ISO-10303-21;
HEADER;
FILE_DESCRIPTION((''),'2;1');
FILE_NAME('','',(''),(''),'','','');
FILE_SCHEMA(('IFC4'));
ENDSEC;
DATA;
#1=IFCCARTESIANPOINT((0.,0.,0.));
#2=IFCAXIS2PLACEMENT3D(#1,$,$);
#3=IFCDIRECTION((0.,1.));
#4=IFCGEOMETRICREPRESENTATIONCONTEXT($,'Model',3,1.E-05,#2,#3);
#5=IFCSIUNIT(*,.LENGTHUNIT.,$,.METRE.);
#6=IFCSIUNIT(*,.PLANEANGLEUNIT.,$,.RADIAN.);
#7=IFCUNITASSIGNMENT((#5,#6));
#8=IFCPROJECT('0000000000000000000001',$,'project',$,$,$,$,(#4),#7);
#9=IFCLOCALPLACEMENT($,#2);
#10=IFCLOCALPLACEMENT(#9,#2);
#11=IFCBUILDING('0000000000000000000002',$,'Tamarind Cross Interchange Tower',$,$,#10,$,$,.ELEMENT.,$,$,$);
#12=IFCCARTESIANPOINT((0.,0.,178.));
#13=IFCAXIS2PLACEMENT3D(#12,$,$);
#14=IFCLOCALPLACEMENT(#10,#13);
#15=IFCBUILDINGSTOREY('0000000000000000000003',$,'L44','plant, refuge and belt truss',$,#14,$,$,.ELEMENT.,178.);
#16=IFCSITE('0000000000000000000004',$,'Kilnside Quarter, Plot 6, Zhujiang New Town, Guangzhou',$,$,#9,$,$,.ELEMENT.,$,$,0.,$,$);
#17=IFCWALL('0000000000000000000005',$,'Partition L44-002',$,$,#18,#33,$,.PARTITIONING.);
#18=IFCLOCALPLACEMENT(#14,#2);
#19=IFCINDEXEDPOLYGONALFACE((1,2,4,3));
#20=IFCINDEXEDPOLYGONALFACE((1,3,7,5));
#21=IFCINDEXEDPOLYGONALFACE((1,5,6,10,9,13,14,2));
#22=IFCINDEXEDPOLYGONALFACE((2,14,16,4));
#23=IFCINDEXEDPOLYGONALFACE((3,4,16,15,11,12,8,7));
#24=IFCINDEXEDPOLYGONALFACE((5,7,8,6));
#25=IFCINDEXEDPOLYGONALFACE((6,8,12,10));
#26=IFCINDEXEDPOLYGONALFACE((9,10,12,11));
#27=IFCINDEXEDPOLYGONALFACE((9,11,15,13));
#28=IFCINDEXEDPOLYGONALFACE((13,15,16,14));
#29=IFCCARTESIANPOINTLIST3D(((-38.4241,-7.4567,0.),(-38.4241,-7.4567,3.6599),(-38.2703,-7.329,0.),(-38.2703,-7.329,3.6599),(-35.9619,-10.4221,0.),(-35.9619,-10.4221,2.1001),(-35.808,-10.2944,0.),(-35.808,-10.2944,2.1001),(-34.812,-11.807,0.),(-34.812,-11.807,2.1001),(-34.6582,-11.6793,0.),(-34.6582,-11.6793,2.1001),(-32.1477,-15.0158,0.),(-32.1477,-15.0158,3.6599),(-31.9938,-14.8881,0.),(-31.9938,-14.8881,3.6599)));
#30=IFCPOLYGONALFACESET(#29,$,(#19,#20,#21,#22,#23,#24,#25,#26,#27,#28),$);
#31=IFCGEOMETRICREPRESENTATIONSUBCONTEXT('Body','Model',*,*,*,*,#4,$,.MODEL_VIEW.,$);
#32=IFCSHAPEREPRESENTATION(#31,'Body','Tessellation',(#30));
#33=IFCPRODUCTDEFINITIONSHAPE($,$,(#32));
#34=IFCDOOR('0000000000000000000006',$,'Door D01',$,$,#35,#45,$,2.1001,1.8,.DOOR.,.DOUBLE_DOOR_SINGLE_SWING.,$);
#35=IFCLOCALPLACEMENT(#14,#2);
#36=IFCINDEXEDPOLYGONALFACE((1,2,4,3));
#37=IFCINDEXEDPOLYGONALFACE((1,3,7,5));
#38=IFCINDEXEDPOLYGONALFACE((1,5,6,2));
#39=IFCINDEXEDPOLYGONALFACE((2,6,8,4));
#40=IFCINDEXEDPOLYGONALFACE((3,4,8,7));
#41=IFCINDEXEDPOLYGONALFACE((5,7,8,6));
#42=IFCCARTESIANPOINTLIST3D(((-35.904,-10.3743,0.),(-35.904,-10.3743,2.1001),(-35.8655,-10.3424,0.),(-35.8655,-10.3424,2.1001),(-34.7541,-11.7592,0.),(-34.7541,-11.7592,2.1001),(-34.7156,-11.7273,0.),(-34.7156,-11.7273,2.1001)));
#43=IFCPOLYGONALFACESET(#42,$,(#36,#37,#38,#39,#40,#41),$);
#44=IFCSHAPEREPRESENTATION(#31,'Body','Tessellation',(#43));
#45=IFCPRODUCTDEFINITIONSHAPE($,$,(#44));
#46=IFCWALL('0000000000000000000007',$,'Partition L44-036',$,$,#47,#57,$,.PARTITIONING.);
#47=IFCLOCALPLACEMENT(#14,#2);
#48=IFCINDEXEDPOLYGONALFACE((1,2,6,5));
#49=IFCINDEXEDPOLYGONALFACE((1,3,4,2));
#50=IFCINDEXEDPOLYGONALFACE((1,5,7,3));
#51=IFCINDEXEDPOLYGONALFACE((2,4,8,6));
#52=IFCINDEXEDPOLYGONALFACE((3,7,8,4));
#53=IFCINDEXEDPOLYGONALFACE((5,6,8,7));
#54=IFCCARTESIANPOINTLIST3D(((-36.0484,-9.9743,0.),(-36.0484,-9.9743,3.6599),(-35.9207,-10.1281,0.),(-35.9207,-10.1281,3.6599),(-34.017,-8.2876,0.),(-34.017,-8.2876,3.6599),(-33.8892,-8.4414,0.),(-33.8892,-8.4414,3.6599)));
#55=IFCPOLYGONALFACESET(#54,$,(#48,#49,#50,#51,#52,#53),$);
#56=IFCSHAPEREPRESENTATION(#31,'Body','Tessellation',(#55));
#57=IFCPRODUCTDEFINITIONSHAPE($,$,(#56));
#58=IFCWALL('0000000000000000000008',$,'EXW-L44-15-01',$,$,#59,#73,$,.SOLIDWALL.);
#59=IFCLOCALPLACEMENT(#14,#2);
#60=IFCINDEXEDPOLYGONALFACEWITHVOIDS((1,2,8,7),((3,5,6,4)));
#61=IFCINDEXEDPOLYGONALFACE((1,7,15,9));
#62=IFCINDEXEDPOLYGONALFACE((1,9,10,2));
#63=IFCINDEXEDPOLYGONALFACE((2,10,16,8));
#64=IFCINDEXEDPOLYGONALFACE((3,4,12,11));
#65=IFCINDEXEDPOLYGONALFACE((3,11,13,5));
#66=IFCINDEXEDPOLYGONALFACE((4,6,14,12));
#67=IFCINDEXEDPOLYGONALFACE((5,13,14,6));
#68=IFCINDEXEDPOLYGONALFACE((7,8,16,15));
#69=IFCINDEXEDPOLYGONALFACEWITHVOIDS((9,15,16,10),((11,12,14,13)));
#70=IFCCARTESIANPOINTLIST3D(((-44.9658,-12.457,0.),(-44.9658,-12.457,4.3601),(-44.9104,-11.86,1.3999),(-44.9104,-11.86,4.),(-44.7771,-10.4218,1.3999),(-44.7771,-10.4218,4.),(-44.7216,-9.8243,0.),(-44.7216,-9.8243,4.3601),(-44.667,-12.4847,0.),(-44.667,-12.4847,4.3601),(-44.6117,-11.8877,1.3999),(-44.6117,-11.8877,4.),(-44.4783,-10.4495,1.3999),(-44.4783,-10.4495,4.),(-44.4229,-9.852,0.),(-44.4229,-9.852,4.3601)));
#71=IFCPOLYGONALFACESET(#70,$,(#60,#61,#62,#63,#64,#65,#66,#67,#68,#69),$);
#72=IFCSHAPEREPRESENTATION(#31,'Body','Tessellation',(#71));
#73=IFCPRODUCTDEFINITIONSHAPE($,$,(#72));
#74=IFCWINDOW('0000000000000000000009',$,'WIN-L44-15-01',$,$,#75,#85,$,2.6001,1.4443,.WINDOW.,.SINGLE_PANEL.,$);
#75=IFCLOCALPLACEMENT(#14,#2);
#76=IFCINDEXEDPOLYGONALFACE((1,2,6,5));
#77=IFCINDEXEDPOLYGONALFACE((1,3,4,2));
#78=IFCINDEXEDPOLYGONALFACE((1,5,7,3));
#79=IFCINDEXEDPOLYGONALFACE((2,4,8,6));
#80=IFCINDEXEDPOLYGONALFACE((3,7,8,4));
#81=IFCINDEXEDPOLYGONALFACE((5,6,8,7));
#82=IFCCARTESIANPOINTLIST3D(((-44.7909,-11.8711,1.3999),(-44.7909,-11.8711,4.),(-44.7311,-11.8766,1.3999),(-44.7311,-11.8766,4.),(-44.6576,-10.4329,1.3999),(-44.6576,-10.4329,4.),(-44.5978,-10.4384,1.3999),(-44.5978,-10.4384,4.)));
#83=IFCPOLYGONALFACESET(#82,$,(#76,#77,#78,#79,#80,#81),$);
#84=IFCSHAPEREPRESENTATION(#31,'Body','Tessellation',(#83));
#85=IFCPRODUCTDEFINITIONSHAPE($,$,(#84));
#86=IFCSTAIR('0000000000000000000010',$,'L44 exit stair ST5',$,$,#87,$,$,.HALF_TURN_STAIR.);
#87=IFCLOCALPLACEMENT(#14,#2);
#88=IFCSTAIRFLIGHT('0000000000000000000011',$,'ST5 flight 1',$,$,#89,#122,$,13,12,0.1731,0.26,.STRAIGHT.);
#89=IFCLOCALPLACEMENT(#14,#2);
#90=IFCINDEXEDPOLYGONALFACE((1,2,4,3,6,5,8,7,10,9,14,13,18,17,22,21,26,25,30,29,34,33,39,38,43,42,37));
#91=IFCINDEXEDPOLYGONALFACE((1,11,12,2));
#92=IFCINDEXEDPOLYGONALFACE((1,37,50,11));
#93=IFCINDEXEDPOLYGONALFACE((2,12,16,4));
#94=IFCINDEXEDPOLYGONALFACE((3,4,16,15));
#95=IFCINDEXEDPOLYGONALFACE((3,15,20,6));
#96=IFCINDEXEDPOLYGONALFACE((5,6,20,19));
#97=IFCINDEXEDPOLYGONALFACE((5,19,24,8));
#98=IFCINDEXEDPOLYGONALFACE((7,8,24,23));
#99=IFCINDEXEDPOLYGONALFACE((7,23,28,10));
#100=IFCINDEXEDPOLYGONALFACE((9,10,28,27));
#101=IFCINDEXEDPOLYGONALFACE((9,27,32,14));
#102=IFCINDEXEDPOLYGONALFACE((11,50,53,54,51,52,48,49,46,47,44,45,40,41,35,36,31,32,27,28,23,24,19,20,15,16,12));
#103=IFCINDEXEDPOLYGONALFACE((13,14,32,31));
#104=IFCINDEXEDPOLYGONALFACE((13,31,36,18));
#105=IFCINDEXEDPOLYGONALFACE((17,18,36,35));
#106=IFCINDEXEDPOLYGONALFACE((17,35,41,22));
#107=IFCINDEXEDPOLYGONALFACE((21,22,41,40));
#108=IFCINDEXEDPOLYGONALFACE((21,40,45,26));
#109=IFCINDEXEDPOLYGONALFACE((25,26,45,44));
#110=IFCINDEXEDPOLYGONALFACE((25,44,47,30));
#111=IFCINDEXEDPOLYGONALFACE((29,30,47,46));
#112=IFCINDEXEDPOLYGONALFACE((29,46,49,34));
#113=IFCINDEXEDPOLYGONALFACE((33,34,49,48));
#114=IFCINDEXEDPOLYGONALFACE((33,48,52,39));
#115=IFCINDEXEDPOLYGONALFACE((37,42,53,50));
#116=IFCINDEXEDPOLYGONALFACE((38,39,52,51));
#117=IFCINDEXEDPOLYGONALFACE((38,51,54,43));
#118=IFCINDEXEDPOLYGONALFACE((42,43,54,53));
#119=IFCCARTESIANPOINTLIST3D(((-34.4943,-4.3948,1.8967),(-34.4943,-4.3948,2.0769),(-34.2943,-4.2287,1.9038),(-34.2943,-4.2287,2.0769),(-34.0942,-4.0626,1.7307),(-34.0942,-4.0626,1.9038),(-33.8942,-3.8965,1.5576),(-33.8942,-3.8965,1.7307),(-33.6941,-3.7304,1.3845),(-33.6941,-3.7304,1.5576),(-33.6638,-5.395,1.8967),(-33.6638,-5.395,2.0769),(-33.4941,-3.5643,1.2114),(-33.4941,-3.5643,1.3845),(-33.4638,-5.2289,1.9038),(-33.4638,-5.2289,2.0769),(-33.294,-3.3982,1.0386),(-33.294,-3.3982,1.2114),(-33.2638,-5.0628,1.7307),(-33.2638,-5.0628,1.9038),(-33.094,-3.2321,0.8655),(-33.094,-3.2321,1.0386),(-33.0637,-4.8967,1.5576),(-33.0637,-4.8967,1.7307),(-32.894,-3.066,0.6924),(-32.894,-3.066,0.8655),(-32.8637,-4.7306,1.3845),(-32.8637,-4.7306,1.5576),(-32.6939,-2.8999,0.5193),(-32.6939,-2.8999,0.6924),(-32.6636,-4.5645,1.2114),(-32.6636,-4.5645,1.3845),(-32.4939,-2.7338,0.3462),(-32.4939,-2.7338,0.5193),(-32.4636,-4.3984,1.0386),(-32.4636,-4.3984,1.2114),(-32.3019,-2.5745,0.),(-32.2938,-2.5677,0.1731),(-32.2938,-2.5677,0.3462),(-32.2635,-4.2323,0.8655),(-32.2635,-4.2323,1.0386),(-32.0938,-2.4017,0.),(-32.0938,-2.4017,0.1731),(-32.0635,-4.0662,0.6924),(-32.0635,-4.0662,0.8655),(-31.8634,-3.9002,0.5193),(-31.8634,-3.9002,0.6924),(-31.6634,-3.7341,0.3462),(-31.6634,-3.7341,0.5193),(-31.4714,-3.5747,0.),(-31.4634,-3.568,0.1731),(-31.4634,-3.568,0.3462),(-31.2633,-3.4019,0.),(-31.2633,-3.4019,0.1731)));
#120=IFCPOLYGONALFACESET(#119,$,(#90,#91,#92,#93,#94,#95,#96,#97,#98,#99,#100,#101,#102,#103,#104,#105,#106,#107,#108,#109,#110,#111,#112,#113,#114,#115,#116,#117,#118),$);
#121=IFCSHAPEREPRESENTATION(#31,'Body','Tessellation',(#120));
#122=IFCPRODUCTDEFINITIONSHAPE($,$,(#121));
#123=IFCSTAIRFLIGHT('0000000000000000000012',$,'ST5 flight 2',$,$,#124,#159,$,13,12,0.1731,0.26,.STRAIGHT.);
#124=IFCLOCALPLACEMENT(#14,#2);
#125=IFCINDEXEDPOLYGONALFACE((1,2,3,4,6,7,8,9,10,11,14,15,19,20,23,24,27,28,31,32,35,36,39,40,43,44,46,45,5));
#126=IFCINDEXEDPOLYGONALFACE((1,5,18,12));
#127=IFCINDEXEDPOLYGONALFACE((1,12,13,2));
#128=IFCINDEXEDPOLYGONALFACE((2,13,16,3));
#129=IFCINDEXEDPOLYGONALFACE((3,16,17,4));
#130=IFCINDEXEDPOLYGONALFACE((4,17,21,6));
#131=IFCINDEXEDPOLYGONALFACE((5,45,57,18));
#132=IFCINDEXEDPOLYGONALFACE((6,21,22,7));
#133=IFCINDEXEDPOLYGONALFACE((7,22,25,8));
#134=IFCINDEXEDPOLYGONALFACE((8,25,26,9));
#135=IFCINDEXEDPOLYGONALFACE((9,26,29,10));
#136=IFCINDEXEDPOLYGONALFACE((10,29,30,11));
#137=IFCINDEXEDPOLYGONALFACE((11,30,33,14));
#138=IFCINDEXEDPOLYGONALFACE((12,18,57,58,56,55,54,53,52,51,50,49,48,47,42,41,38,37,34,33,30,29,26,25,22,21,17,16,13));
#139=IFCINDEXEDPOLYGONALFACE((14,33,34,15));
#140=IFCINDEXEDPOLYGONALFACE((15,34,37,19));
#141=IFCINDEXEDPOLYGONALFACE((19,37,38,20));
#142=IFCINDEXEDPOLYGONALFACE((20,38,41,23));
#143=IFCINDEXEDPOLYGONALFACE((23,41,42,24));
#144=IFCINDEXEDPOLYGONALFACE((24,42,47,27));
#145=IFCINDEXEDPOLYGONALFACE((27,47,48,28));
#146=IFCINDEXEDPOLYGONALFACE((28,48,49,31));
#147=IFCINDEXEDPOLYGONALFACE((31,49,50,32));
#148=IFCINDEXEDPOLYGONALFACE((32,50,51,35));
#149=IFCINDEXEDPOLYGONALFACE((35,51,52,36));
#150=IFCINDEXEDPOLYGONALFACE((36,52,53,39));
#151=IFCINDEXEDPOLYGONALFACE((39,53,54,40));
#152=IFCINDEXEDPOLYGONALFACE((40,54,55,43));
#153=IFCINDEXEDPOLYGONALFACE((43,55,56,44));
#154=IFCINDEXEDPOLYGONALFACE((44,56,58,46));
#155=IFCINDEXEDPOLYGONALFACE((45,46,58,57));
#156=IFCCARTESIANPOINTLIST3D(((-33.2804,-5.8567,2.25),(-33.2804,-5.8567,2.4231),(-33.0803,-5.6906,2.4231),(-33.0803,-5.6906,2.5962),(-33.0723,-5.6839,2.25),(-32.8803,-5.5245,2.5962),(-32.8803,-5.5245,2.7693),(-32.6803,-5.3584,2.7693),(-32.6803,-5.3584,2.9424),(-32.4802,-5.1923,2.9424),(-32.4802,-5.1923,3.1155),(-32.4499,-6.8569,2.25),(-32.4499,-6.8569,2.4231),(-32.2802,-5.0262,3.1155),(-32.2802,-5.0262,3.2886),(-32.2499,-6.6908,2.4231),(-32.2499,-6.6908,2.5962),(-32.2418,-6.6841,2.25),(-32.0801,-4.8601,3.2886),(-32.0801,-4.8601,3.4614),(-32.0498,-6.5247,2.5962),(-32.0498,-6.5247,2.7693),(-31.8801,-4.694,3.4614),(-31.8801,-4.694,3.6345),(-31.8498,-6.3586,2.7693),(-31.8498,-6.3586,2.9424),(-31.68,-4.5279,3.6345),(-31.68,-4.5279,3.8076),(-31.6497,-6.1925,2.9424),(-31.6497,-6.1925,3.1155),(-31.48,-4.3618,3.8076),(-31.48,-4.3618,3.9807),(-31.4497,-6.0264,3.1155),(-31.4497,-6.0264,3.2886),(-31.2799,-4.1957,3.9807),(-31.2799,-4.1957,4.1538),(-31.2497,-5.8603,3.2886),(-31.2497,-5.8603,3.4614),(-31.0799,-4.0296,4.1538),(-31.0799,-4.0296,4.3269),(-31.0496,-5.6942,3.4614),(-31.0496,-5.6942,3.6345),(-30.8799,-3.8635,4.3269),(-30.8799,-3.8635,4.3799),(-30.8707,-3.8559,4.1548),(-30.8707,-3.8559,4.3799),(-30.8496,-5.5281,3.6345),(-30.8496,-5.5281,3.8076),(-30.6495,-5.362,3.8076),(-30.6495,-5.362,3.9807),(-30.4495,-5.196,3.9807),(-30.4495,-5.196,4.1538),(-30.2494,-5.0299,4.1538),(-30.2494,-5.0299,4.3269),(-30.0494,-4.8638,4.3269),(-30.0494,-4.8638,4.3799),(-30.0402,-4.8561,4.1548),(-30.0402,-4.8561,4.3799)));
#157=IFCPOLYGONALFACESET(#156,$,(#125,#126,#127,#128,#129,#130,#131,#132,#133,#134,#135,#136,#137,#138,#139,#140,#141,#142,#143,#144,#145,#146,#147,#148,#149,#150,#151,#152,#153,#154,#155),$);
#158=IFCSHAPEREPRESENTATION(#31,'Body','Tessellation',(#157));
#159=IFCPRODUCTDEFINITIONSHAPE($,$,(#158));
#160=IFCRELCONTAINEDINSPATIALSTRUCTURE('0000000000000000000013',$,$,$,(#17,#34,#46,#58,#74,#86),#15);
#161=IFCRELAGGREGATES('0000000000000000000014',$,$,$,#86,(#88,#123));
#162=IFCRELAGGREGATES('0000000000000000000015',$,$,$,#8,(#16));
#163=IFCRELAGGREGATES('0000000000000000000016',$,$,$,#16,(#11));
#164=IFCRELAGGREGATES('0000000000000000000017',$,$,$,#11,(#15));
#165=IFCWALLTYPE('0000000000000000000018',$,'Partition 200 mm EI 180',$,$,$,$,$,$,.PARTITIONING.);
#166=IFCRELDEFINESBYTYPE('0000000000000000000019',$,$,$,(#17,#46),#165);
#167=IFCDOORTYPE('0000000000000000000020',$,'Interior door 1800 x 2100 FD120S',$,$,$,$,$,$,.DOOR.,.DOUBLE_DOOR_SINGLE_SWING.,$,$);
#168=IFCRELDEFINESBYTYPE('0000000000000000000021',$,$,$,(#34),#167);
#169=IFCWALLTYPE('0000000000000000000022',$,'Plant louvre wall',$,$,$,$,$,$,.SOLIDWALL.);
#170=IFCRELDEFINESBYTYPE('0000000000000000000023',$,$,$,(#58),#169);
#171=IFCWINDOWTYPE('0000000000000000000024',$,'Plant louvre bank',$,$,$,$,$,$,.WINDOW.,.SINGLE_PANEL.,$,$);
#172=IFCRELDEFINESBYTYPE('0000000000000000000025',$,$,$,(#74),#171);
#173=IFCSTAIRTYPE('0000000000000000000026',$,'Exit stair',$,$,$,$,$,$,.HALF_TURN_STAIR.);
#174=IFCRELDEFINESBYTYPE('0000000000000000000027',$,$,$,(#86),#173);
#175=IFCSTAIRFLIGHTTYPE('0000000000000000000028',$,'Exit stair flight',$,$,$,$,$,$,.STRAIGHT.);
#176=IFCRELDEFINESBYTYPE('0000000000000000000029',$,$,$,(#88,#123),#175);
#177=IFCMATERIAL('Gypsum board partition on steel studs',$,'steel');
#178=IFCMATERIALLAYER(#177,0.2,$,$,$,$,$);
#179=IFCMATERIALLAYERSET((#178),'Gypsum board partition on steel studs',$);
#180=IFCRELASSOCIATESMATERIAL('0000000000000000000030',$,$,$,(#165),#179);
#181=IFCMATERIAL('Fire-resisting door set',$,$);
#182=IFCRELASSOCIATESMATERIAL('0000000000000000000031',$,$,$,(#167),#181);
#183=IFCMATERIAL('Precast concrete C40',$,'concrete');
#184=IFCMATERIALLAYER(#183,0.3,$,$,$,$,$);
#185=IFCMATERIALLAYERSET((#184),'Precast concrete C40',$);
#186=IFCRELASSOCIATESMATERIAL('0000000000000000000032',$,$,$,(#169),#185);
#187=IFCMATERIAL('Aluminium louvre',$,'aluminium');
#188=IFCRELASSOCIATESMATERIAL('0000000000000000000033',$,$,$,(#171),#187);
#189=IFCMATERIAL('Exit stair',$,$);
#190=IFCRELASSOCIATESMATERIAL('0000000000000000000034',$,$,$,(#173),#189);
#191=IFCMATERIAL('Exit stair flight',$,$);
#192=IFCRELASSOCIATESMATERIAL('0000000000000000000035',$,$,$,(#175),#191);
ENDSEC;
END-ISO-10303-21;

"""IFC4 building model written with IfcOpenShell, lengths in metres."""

from ifc_helpers import new_model, si_unit, direction, frame, frame_2d, origin, place, context, subcontext, project, spatial, polyline, rectangle, outline, extrude, material, layer, layer_set, type_object, element, fill, aggregate, save


model = new_model("IFC4")

# Units and contexts
model_context = context("Model", 3, precision=1e-05, world=origin(), true_north=direction((0.0, 1.0)))
body_context = subcontext(model_context, "Body", "Model", "MODEL_VIEW")
ifc_project = project(units=[si_unit("LENGTHUNIT", "METRE"), si_unit("PLANEANGLEUNIT", "RADIAN")], contexts=[model_context])

# Site, building, storey
site_placement = place(None, origin())
site = spatial("IfcSite", under=ifc_project, at=site_placement, Name="Kilnside Quarter, Plot 6, Zhujiang New Town, Guangzhou", CompositionType="ELEMENT", RefElevation=0.0)
building_placement = place(site_placement, origin())
building = spatial("IfcBuilding", under=site, at=building_placement, Name="Tamarind Cross Interchange Tower", CompositionType="ELEMENT")
storey_placement = place(building_placement, frame((0.0, 0.0, 178.0)))
storey = spatial("IfcBuildingStorey", under=building, at=storey_placement, Name="L44", Description="plant, refuge and belt truss", CompositionType="ELEMENT", Elevation=178.0)

# Shared definitions
ifc_material_1 = material(Name="Gypsum board partition on steel studs", Category="steel")
ifc_layer_1 = layer(ifc_material_1, 0.2)
ifc_layer_set_1 = layer_set([ifc_layer_1], Name="Gypsum board partition on steel studs")
wall_type_1 = type_object("IfcWallType", Name="Partition 200 mm EI 180", PredefinedType="PARTITIONING", material=ifc_layer_set_1)

# Wall, opening, door
wall_1_placement = place(storey_placement, frame((-38.3472, -7.3928, 0.0), z_axis=(0.0, 0.0, 1.0), x_axis=(0.63881, -0.769365, 0.0)))
wall_1 = element("IfcWall", 1, at=wall_1_placement, inside=storey, type_object=wall_type_1, Name="Partition L44-002", PredefinedType="PARTITIONING", context=body_context, shape_type="SweptSolid", body=[
    extrude(rectangle(XDim=9.8252, YDim=0.2, at=frame_2d((4.9126, 0.0))), origin(), (0.0, 0.0, 1.0), 3.6599),
])
opening_1_placement = place(wall_1_placement, frame((3.8545, 0.0, 0.0)))
opening_1 = element("IfcOpeningElement", 2, at=opening_1_placement, cuts=wall_1, PredefinedType="OPENING", context=body_context, shape_type="SweptSolid", body=[
    extrude(rectangle(XDim=1.8, YDim=2.1001, at=frame_2d((0.8999, 1.05))), frame((0.0, 0.1099, 0.0), z_axis=(0.0, -1.0, 0.0), x_axis=(1.0, 0.0, 0.0)), (0.0, 0.0, 1.0), 0.22),
])
ifc_material_2 = material(Name="Fire-resisting door set")
door_type = type_object("IfcDoorType", Name="Interior door 1800 x 2100 FD120S", OperationType="DOUBLE_DOOR_SINGLE_SWING", PredefinedType="DOOR", material=ifc_material_2)
door_placement = place(opening_1_placement, frame((1.8, 0.0, 0.0), z_axis=(0.0, 0.0, 1.0), x_axis=(-1.0, 0.0, 0.0)))
door = element("IfcDoor", 3, at=door_placement, inside=storey, type_object=door_type, Name="Door D01", OperationType="DOUBLE_DOOR_SINGLE_SWING", OverallHeight=2.1001, OverallWidth=1.8, PredefinedType="DOOR", context=body_context, shape_type="SweptSolid", body=[
    extrude(rectangle(XDim=1.8, YDim=2.1001, at=frame_2d((0.8999, 1.05))), frame((0.0, 0.0249, 0.0), z_axis=(0.0, -1.0, 0.0), x_axis=(1.0, 0.0, 0.0)), (0.0, 0.0, 1.0), 0.05),
])
fill(opening_1, door)

# Wall
wall_2_placement = place(storey_placement, frame((-35.9846, -10.0513, 0.0), z_axis=(0.0, 0.0, 1.0), x_axis=(0.769364, 0.63881, 0.0)))
element("IfcWall", 4, at=wall_2_placement, inside=storey, type_object=wall_type_1, Name="Partition L44-036", PredefinedType="PARTITIONING", context=body_context, shape_type="SweptSolid", body=[
    extrude(rectangle(XDim=2.6404, YDim=0.2, at=frame_2d((1.3203, 0.0))), origin(), (0.0, 0.0, 1.0), 3.6599),
])

# Wall, opening, window
ifc_material_3 = material(Name="Precast concrete C40", Category="concrete")
ifc_layer_2 = layer(ifc_material_3, 0.3)
ifc_layer_set_2 = layer_set([ifc_layer_2], Name="Precast concrete C40")
wall_type_2 = type_object("IfcWallType", Name="Plant louvre wall", PredefinedType="SOLIDWALL", material=ifc_layer_set_2)
wall_3_placement = place(storey_placement, frame((-44.5723, -9.8381, 0.0), z_axis=(0.0, 0.0, 1.0), x_axis=(-0.092334, -0.995728, 0.0)))
wall_3 = element("IfcWall", 5, at=wall_3_placement, inside=storey, type_object=wall_type_2, Name="EXW-L44-15-01", PredefinedType="SOLIDWALL", context=body_context, shape_type="SweptSolid", body=[
    extrude(rectangle(XDim=2.644, YDim=0.3, at=frame_2d((1.322, 0.0))), origin(), (0.0, 0.0, 1.0), 4.3601),
])
opening_2_placement = place(wall_3_placement, frame((0.6001, 0.0, 1.3999)))
opening_2 = element("IfcOpeningElement", 6, at=opening_2_placement, cuts=wall_3, PredefinedType="OPENING", context=body_context, shape_type="SweptSolid", body=[
    extrude(rectangle(XDim=1.4443, YDim=2.6001, at=frame_2d((0.7222, 1.3))), frame((0.0, 0.1599, 0.0), z_axis=(0.0, -1.0, 0.0), x_axis=(1.0, 0.0, 0.0)), (0.0, 0.0, 1.0), 0.3201),
])
ifc_material_4 = material(Name="Aluminium louvre", Category="aluminium")
window_type = type_object("IfcWindowType", Name="Plant louvre bank", PartitioningType="SINGLE_PANEL", PredefinedType="WINDOW", material=ifc_material_4)
window_placement = place(opening_2_placement, origin())
window = element("IfcWindow", 7, at=window_placement, inside=storey, type_object=window_type, Name="WIN-L44-15-01", OverallHeight=2.6001, OverallWidth=1.4443, PartitioningType="SINGLE_PANEL", PredefinedType="WINDOW", context=body_context, shape_type="SweptSolid", body=[
    extrude(rectangle(XDim=1.4443, YDim=2.6001, at=frame_2d((0.7222, 1.3))), frame((0.0, 0.03, 0.0), z_axis=(0.0, -1.0, 0.0), x_axis=(1.0, 0.0, 0.0)), (0.0, 0.0, 1.0), 0.0601),
])
fill(opening_2, window)

# Stair, stair flights
ifc_material_5 = material(Name="Exit stair")
stair_type = type_object("IfcStairType", Name="Exit stair", PredefinedType="HALF_TURN_STAIR", material=ifc_material_5)
stair_placement = place(storey_placement, origin())
stair = element("IfcStair", 8, at=stair_placement, inside=storey, type_object=stair_type, Name="L44 exit stair ST5", PredefinedType="HALF_TURN_STAIR")
ifc_material_6 = material(Name="Exit stair flight")
stair_flight_type = type_object("IfcStairFlightType", Name="Exit stair flight", PredefinedType="STRAIGHT", material=ifc_material_6)
stair_flight_1_placement = place(storey_placement, frame((-31.6785, -2.9019, 0.0), z_axis=(0.0, 0.0, 1.0), x_axis=(-0.769373, -0.6388, 0.0)))
stair_flight_1 = element("IfcStairFlight", 9, at=stair_flight_1_placement, type_object=stair_flight_type, Name="ST5 flight 1", NumberOfRisers=13, NumberOfTreads=12, PredefinedType="STRAIGHT", RiserHeight=0.1731, TreadLength=0.26, context=body_context, shape_type="SweptSolid", body=[
    extrude(outline(polyline([(0.0, 0.0), (0.0, 0.1731), (0.26, 0.1731), (0.26, 0.3462), (0.52, 0.3462), (0.52, 0.5193), (0.78, 0.5193), (0.78, 0.6924), (1.04, 0.6924), (1.04, 0.8655), (1.3, 0.8655), (1.3, 1.0386), (1.5601, 1.0386), (1.5601, 1.2114), (1.8201, 1.2114), (1.8201, 1.3845), (2.0801, 1.3845), (2.0801, 1.5576), (2.3401, 1.5576), (2.3401, 1.7307), (2.6001, 1.7307), (2.6001, 1.9038), (2.8601, 1.9038), (2.8601, 2.0769), (3.1201, 2.0769), (3.1201, 2.25), (3.1201, 1.8967), (0.2705, 0.0), (0.0, 0.0)])), frame((0.0, 0.6499, 0.0), z_axis=(0.0, -1.0, 0.0), x_axis=(1.0, 0.0, 0.0)), (0.0, 0.0, 1.0), 1.3),
])
stair_flight_2_placement = place(storey_placement, frame((-32.8652, -6.3567, 2.25), z_axis=(0.0, 0.0, 1.0), x_axis=(0.769373, 0.6388, 0.0)))
stair_flight_2 = element("IfcStairFlight", 10, at=stair_flight_2_placement, type_object=stair_flight_type, Name="ST5 flight 2", NumberOfRisers=13, NumberOfTreads=12, PredefinedType="STRAIGHT", RiserHeight=0.1731, TreadLength=0.26, context=body_context, shape_type="SweptSolid", body=[
    extrude(outline(polyline([(0.0, 0.0), (0.0, 0.1731), (0.26, 0.1731), (0.26, 0.3462), (0.52, 0.3462), (0.52, 0.5193), (0.78, 0.5193), (0.78, 0.6924), (1.04, 0.6924), (1.04, 0.8655), (1.3, 0.8655), (1.3, 1.0386), (1.5601, 1.0386), (1.5601, 1.2114), (1.8201, 1.2114), (1.8201, 1.3845), (2.0801, 1.3845), (2.0801, 1.5576), (2.3401, 1.5576), (2.3401, 1.7307), (2.6001, 1.7307), (2.6001, 1.9038), (2.8601, 1.9038), (2.8601, 2.0769), (3.1201, 2.0769), (3.1201, 2.1299), (3.1321, 2.1299), (3.1321, 1.9048), (0.2705, 0.0), (0.0, 0.0)])), frame((0.0, 0.6499, 0.0), z_axis=(0.0, -1.0, 0.0), x_axis=(1.0, 0.0, 0.0)), (0.0, 0.0, 1.0), 1.3),
])
aggregate(stair, [stair_flight_1, stair_flight_2])

save(model, "model.ifc")
